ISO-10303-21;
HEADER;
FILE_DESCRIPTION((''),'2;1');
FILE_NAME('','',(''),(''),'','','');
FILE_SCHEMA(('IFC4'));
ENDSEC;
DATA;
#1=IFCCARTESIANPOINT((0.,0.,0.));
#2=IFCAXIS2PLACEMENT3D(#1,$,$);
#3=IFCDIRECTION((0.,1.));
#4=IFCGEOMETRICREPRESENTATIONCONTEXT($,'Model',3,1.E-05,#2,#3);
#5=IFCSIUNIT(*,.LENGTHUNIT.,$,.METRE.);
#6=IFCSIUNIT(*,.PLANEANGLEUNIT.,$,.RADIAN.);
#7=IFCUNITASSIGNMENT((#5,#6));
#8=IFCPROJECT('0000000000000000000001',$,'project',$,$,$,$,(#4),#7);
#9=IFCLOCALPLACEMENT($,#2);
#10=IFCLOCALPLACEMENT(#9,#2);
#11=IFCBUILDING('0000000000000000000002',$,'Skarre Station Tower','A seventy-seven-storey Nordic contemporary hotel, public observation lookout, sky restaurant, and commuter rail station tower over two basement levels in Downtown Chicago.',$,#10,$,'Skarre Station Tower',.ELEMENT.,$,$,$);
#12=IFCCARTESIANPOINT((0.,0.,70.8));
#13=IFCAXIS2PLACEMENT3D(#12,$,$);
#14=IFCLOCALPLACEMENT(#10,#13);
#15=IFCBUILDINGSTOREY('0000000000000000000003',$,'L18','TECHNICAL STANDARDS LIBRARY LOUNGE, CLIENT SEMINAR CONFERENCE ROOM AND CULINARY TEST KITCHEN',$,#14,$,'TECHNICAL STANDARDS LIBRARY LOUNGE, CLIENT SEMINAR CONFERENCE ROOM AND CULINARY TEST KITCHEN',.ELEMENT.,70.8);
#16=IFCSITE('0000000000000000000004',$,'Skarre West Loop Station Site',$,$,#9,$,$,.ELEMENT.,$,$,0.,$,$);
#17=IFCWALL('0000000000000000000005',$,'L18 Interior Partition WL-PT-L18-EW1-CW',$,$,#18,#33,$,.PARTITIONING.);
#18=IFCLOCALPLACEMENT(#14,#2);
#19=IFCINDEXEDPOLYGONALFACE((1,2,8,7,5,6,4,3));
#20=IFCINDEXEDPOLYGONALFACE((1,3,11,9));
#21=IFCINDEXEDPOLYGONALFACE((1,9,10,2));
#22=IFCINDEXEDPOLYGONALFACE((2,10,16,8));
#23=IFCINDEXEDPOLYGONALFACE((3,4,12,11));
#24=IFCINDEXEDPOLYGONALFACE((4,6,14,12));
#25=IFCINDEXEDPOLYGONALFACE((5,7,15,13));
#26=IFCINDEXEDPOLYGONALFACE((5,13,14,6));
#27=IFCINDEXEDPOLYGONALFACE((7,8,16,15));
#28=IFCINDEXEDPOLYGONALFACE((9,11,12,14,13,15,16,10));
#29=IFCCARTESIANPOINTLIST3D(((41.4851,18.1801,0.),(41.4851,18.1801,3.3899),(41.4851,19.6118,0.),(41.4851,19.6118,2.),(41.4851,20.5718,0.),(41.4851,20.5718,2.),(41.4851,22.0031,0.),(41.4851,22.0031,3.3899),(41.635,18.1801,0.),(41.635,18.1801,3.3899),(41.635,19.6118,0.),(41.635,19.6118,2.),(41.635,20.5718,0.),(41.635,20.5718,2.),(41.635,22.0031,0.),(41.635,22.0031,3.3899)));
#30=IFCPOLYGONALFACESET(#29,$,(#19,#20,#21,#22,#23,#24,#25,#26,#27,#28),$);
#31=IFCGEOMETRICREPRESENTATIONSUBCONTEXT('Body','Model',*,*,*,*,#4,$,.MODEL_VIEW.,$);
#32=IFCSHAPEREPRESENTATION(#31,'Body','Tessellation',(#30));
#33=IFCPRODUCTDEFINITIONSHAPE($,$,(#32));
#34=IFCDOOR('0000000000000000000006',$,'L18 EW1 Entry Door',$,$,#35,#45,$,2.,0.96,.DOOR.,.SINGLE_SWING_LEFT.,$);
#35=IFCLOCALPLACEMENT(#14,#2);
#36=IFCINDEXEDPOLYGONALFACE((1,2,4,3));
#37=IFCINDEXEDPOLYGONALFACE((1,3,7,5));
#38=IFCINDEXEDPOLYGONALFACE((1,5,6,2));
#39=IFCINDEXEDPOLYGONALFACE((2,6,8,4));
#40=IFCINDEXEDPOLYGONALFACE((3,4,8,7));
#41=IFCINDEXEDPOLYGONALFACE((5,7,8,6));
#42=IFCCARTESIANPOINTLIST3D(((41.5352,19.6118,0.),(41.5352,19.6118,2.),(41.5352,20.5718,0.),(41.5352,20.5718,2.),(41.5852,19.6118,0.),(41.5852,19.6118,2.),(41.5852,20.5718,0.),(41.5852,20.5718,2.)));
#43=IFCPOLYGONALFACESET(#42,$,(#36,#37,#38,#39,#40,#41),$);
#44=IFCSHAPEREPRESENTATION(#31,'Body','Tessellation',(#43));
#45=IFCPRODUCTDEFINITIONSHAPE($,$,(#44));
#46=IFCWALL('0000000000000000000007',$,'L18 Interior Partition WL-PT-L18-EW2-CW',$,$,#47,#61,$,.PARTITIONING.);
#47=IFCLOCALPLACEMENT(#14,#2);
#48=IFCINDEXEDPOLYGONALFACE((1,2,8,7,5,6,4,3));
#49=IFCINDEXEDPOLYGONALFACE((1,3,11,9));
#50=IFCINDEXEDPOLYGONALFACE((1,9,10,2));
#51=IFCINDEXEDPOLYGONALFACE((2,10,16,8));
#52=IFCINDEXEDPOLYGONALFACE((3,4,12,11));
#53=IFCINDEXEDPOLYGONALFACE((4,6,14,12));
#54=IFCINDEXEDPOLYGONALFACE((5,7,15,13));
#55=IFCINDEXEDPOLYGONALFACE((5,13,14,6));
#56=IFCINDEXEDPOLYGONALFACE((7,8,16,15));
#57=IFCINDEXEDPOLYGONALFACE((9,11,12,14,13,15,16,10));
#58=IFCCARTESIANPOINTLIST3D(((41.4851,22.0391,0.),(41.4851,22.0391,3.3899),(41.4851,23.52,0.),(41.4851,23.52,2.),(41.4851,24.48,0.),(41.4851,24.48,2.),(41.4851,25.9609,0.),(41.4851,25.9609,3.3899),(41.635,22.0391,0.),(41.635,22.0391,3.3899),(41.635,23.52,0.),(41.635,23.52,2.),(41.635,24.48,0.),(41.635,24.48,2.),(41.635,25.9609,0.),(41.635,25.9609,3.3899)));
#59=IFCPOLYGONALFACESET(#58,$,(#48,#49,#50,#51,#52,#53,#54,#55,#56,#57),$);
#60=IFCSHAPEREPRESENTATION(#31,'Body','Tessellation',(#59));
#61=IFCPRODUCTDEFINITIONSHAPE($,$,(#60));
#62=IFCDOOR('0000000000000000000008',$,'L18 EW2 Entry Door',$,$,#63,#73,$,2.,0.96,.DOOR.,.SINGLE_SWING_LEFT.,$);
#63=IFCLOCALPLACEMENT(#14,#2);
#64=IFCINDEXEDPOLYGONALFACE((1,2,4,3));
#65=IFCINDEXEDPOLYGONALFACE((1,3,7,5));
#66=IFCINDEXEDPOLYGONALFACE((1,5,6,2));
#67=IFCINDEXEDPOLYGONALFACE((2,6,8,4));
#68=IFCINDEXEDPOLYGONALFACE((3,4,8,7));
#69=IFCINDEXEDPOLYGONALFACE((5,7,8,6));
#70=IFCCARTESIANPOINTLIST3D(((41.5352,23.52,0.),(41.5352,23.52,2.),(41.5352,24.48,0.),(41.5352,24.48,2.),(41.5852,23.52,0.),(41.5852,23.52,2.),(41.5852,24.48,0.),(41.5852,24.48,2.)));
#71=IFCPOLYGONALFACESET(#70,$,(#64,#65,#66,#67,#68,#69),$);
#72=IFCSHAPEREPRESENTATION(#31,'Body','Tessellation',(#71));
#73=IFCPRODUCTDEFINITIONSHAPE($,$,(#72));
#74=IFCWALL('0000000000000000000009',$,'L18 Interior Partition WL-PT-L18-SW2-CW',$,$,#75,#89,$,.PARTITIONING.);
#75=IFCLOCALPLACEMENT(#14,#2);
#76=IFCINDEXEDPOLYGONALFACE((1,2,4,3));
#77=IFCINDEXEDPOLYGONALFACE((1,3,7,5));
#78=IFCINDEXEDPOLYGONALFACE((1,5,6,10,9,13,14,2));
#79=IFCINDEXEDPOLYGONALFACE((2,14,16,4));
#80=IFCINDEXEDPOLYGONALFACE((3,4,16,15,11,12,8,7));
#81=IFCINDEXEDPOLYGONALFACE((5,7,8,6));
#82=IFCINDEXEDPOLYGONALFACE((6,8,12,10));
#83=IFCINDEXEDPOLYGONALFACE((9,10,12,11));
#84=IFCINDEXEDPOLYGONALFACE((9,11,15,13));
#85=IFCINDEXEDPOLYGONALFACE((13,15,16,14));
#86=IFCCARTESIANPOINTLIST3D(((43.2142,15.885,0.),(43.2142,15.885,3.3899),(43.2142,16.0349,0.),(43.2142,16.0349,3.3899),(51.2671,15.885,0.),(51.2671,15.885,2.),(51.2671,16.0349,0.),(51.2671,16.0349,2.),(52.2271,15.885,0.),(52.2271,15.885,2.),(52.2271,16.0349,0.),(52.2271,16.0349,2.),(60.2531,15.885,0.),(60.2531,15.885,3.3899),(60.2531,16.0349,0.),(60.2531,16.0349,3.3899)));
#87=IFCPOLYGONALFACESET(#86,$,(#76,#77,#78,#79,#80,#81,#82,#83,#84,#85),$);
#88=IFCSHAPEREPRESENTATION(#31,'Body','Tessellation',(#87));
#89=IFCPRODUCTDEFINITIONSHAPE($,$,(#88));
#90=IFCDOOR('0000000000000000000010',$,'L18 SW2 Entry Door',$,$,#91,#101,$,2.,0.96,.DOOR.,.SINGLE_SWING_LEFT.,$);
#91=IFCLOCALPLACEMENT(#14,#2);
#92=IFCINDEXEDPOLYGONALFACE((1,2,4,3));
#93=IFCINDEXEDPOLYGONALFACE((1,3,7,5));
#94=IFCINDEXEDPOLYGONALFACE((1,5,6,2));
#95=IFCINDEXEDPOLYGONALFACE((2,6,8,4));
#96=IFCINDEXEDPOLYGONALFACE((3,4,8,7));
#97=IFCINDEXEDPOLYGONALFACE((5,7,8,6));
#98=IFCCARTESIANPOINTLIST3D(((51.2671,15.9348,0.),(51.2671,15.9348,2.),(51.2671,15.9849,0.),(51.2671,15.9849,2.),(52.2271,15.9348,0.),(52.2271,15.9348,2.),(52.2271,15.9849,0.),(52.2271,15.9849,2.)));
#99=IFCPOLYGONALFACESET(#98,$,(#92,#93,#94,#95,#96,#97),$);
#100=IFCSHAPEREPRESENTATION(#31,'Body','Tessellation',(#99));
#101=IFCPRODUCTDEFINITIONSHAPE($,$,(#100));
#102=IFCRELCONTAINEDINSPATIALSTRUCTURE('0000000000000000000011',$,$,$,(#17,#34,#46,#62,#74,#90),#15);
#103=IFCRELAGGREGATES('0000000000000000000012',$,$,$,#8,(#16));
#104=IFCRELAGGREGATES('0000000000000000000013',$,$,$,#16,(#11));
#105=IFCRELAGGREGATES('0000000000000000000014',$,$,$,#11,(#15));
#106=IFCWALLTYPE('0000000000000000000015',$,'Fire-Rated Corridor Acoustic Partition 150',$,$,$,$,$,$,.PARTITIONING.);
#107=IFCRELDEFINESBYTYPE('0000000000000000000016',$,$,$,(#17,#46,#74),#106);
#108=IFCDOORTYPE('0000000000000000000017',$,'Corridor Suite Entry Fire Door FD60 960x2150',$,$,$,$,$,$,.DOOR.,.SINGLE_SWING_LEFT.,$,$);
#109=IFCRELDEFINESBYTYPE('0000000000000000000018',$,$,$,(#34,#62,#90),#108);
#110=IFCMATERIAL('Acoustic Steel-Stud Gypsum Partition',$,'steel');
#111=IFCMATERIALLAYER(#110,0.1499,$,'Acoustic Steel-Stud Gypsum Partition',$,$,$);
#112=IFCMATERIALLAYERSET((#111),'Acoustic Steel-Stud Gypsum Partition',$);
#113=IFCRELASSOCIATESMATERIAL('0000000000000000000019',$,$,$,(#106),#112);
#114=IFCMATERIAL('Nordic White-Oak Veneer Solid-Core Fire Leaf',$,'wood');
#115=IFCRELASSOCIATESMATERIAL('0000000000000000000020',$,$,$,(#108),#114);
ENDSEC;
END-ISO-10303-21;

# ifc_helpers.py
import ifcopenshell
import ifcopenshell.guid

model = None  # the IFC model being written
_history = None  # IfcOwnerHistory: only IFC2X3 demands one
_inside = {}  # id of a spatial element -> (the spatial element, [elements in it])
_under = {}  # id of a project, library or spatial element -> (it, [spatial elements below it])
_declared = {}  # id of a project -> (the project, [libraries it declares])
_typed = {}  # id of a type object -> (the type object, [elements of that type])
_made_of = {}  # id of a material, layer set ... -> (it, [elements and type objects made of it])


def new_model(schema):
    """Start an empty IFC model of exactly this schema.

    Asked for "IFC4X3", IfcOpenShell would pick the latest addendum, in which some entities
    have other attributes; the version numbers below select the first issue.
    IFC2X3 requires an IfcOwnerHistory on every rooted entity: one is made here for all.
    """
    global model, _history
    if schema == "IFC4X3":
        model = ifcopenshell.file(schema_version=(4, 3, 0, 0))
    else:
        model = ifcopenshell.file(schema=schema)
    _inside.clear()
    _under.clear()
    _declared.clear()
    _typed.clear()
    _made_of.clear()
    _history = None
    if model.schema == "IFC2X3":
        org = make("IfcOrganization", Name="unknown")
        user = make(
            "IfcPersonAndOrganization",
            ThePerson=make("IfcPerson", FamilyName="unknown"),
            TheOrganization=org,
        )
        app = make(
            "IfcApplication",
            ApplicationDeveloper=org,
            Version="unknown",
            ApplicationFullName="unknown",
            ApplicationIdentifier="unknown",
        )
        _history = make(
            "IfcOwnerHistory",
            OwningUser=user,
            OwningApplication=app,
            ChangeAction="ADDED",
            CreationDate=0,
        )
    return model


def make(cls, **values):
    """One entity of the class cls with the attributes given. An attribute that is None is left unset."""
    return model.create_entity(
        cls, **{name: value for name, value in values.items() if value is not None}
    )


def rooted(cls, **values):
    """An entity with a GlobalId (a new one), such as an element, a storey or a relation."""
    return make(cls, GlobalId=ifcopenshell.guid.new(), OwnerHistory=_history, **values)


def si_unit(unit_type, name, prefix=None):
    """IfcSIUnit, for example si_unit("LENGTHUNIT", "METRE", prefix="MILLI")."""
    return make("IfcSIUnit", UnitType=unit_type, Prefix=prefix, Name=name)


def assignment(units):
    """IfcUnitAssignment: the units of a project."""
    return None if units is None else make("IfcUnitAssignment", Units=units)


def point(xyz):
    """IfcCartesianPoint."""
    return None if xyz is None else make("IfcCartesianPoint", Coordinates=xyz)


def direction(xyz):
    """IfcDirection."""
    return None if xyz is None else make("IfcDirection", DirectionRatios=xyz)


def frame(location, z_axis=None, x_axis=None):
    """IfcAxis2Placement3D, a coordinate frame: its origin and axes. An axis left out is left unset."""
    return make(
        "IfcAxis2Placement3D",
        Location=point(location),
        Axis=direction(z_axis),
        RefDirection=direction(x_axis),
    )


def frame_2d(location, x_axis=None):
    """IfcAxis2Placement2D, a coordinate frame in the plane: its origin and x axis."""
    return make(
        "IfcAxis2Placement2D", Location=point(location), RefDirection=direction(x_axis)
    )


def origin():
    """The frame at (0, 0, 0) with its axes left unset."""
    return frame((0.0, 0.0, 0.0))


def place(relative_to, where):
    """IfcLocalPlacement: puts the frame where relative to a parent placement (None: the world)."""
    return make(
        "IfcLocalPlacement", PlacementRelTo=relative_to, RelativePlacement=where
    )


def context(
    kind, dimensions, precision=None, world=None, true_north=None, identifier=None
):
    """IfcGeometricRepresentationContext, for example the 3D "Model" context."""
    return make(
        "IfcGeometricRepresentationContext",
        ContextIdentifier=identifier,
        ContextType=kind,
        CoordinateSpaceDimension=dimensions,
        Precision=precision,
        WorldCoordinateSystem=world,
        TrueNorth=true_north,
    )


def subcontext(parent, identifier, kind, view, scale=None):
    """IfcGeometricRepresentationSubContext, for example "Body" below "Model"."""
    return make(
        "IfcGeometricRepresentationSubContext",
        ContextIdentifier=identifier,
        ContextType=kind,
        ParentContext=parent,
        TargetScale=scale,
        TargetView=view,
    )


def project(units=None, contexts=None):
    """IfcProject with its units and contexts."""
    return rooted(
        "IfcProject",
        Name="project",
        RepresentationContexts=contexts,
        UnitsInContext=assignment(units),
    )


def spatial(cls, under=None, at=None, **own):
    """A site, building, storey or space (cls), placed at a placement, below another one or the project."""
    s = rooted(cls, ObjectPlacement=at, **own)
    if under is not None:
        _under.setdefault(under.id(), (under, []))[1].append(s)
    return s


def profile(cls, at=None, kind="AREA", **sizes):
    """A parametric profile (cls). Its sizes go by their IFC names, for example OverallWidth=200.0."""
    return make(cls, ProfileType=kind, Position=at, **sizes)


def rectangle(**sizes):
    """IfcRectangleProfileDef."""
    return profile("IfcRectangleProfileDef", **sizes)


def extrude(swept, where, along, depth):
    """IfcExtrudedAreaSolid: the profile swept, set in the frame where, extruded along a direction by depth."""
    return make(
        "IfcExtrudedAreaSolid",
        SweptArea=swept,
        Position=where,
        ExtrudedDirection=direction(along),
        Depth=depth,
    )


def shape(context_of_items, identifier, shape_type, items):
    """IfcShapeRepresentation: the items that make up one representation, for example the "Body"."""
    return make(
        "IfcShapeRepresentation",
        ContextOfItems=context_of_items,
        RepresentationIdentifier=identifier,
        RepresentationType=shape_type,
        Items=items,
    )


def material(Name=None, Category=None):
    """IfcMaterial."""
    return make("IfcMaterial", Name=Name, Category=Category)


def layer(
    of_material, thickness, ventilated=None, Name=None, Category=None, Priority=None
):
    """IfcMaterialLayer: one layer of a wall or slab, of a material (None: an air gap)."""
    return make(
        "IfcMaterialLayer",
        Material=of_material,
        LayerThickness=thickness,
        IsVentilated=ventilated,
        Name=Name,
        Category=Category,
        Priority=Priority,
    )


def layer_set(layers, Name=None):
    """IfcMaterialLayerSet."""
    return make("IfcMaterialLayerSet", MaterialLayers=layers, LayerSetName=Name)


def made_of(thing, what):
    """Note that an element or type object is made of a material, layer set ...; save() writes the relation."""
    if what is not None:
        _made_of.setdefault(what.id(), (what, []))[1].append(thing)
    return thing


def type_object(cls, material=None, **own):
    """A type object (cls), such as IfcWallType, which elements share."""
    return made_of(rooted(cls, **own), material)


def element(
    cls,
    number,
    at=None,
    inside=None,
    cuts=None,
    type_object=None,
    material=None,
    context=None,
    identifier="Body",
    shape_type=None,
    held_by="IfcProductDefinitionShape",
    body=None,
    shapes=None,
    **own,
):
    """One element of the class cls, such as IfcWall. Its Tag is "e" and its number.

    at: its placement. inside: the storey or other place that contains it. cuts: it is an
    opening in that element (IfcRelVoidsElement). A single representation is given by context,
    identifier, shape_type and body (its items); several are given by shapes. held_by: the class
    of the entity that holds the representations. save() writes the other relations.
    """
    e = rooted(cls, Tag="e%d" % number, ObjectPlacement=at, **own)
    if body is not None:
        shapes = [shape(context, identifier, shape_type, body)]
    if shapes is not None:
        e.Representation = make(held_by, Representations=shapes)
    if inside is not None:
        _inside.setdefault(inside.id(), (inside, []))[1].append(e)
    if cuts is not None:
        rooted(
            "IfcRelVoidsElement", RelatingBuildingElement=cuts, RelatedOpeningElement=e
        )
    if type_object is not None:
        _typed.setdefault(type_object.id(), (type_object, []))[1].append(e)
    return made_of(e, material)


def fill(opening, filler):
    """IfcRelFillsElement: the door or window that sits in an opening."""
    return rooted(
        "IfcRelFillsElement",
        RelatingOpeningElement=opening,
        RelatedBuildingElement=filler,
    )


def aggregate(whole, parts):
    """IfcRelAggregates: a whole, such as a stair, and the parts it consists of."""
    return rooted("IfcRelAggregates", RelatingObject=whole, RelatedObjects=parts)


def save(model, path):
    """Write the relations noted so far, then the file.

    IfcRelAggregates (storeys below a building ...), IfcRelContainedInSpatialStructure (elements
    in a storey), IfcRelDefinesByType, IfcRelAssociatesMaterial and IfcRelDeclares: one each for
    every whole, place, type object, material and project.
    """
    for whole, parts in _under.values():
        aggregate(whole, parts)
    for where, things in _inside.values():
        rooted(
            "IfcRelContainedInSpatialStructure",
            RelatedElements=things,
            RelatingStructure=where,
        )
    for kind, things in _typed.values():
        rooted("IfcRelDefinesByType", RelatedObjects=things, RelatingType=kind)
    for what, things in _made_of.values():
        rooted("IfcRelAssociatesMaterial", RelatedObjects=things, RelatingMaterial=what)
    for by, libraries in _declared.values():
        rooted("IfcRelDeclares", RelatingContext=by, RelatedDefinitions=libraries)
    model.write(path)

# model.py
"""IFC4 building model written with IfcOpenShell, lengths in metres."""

from ifc_helpers import new_model, si_unit, direction, frame, frame_2d, origin, place, context, subcontext, project, spatial, rectangle, extrude, material, layer, layer_set, type_object, element, fill, save


model = new_model("IFC4")

# Units and contexts
model_context = context("Model", 3, precision=1e-05, world=origin(), true_north=direction((0.0, 1.0)))
body_context = subcontext(model_context, "Body", "Model", "MODEL_VIEW")
ifc_project = project(units=[si_unit("LENGTHUNIT", "METRE"), si_unit("PLANEANGLEUNIT", "RADIAN")], contexts=[model_context])

# Site, building, storey
site_placement = place(None, origin())
site = spatial("IfcSite", under=ifc_project, at=site_placement, Name="Skarre West Loop Station Site", CompositionType="ELEMENT", RefElevation=0.0)
building_placement = place(site_placement, origin())
building = spatial("IfcBuilding", under=site, at=building_placement, Name="Skarre Station Tower", Description="A seventy-seven-storey Nordic contemporary hotel, public observation lookout, sky restaurant, and commuter rail station tower over two basement levels in Downtown Chicago.", LongName="Skarre Station Tower", CompositionType="ELEMENT")
storey_placement = place(building_placement, frame((0.0, 0.0, 70.8)))
storey = spatial("IfcBuildingStorey", under=building, at=storey_placement, Name="L18", Description="TECHNICAL STANDARDS LIBRARY LOUNGE, CLIENT SEMINAR CONFERENCE ROOM AND CULINARY TEST KITCHEN", LongName="TECHNICAL STANDARDS LIBRARY LOUNGE, CLIENT SEMINAR CONFERENCE ROOM AND CULINARY TEST KITCHEN", CompositionType="ELEMENT", Elevation=70.8)

# Shared definitions
ifc_material_1 = material(Name="Acoustic Steel-Stud Gypsum Partition", Category="steel")
ifc_layer_1 = layer(ifc_material_1, 0.1499, Name="Acoustic Steel-Stud Gypsum Partition")
ifc_layer_set_1 = layer_set([ifc_layer_1], Name="Acoustic Steel-Stud Gypsum Partition")
wall_type_1 = type_object("IfcWallType", Name="Fire-Rated Corridor Acoustic Partition 150", PredefinedType="PARTITIONING", material=ifc_layer_set_1)

# Walls, openings, doors
wall_1_placement = place(storey_placement, frame((41.5601, 18.1799, 0.0), z_axis=(0.0, 0.0, 1.0), x_axis=(0.0, 1.0, 0.0)))
wall_1 = element("IfcWall", 1, at=wall_1_placement, inside=storey, type_object=wall_type_1, Name="L18 Interior Partition WL-PT-L18-EW1-CW", PredefinedType="PARTITIONING", context=body_context, shape_type="SweptSolid", body=[
    extrude(rectangle(XDim=3.823, YDim=0.1499, at=frame_2d((1.9116, 0.0))), origin(), (0.0, 0.0, 1.0), 3.3899),
])
opening_1_placement = place(wall_1_placement, frame((1.4319, 0.0, 0.0)))
opening_1 = element("IfcOpeningElement", 2, at=opening_1_placement, cuts=wall_1, PredefinedType="OPENING", context=body_context, shape_type="SweptSolid", body=[
    extrude(rectangle(XDim=0.96, YDim=2.0, at=frame_2d((0.48, 1.0))), frame((0.0, 0.085, 0.0), z_axis=(0.0, -1.0, 0.0), x_axis=(1.0, 0.0, 0.0)), (0.0, 0.0, 1.0), 0.1699),
])
ifc_material_2 = material(Name="Nordic White-Oak Veneer Solid-Core Fire Leaf", Category="wood")
door_type = type_object("IfcDoorType", Name="Corridor Suite Entry Fire Door FD60 960x2150", OperationType="SINGLE_SWING_LEFT", PredefinedType="DOOR", material=ifc_material_2)
door_1_placement = place(opening_1_placement, origin())
door_1 = element("IfcDoor", 3, at=door_1_placement, inside=storey, type_object=door_type, Name="L18 EW1 Entry Door", OperationType="SINGLE_SWING_LEFT", OverallHeight=2.0, OverallWidth=0.96, PredefinedType="DOOR", context=body_context, shape_type="SweptSolid", body=[
    extrude(rectangle(XDim=0.96, YDim=2.0, at=frame_2d((0.48, 1.0))), frame((0.0, 0.0249, 0.0), z_axis=(0.0, -1.0, 0.0), x_axis=(1.0, 0.0, 0.0)), (0.0, 0.0, 1.0), 0.05),
])
fill(opening_1, door_1)
wall_2_placement = place(storey_placement, frame((41.5601, 22.0391, 0.0), z_axis=(0.0, 0.0, 1.0), x_axis=(0.0, 1.0, 0.0)))
wall_2 = element("IfcWall", 4, at=wall_2_placement, inside=storey, type_object=wall_type_1, Name="L18 Interior Partition WL-PT-L18-EW2-CW", PredefinedType="PARTITIONING", context=body_context, shape_type="SweptSolid", body=[
    extrude(rectangle(XDim=3.9219, YDim=0.1499, at=frame_2d((1.9609, 0.0))), origin(), (0.0, 0.0, 1.0), 3.3899),
])
opening_2_placement = place(wall_2_placement, frame((1.481, 0.0, 0.0)))
opening_2 = element("IfcOpeningElement", 5, at=opening_2_placement, cuts=wall_2, PredefinedType="OPENING", context=body_context, shape_type="SweptSolid", body=[
    extrude(rectangle(XDim=0.96, YDim=2.0, at=frame_2d((0.48, 1.0))), frame((0.0, 0.085, 0.0), z_axis=(0.0, -1.0, 0.0), x_axis=(1.0, 0.0, 0.0)), (0.0, 0.0, 1.0), 0.1699),
])
door_2_placement = place(opening_2_placement, origin())
door_2 = element("IfcDoor", 6, at=door_2_placement, inside=storey, type_object=door_type, Name="L18 EW2 Entry Door", OperationType="SINGLE_SWING_LEFT", OverallHeight=2.0, OverallWidth=0.96, PredefinedType="DOOR", context=body_context, shape_type="SweptSolid", body=[
    extrude(rectangle(XDim=0.96, YDim=2.0, at=frame_2d((0.48, 1.0))), frame((0.0, 0.0249, 0.0), z_axis=(0.0, -1.0, 0.0), x_axis=(1.0, 0.0, 0.0)), (0.0, 0.0, 1.0), 0.05),
])
fill(opening_2, door_2)
wall_3_placement = place(storey_placement, frame((43.2141, 15.96, 0.0), z_axis=(0.0, 0.0, 1.0), x_axis=(1.0, 0.0, 0.0)))
wall_3 = element("IfcWall", 7, at=wall_3_placement, inside=storey, type_object=wall_type_1, Name="L18 Interior Partition WL-PT-L18-SW2-CW", PredefinedType="PARTITIONING", context=body_context, shape_type="SweptSolid", body=[
    extrude(rectangle(XDim=17.0388, YDim=0.1499, at=frame_2d((8.5195, 0.0))), origin(), (0.0, 0.0, 1.0), 3.3899),
])
opening_3_placement = place(wall_3_placement, frame((8.053, 0.0, 0.0)))
opening_3 = element("IfcOpeningElement", 8, at=opening_3_placement, cuts=wall_3, PredefinedType="OPENING", context=body_context, shape_type="SweptSolid", body=[
    extrude(rectangle(XDim=0.96, YDim=2.0, at=frame_2d((0.48, 1.0))), frame((0.0, 0.085, 0.0), z_axis=(0.0, -1.0, 0.0), x_axis=(1.0, 0.0, 0.0)), (0.0, 0.0, 1.0), 0.1699),
])
door_3_placement = place(opening_3_placement, origin())
door_3 = element("IfcDoor", 9, at=door_3_placement, inside=storey, type_object=door_type, Name="L18 SW2 Entry Door", OperationType="SINGLE_SWING_LEFT", OverallHeight=2.0, OverallWidth=0.96, PredefinedType="DOOR", context=body_context, shape_type="SweptSolid", body=[
    extrude(rectangle(XDim=0.96, YDim=2.0, at=frame_2d((0.48, 1.0))), frame((0.0, 0.0249, 0.0), z_axis=(0.0, -1.0, 0.0), x_axis=(1.0, 0.0, 0.0)), (0.0, 0.0, 1.0), 0.05),
])
fill(opening_3, door_3)

save(model, "model.ifc")
